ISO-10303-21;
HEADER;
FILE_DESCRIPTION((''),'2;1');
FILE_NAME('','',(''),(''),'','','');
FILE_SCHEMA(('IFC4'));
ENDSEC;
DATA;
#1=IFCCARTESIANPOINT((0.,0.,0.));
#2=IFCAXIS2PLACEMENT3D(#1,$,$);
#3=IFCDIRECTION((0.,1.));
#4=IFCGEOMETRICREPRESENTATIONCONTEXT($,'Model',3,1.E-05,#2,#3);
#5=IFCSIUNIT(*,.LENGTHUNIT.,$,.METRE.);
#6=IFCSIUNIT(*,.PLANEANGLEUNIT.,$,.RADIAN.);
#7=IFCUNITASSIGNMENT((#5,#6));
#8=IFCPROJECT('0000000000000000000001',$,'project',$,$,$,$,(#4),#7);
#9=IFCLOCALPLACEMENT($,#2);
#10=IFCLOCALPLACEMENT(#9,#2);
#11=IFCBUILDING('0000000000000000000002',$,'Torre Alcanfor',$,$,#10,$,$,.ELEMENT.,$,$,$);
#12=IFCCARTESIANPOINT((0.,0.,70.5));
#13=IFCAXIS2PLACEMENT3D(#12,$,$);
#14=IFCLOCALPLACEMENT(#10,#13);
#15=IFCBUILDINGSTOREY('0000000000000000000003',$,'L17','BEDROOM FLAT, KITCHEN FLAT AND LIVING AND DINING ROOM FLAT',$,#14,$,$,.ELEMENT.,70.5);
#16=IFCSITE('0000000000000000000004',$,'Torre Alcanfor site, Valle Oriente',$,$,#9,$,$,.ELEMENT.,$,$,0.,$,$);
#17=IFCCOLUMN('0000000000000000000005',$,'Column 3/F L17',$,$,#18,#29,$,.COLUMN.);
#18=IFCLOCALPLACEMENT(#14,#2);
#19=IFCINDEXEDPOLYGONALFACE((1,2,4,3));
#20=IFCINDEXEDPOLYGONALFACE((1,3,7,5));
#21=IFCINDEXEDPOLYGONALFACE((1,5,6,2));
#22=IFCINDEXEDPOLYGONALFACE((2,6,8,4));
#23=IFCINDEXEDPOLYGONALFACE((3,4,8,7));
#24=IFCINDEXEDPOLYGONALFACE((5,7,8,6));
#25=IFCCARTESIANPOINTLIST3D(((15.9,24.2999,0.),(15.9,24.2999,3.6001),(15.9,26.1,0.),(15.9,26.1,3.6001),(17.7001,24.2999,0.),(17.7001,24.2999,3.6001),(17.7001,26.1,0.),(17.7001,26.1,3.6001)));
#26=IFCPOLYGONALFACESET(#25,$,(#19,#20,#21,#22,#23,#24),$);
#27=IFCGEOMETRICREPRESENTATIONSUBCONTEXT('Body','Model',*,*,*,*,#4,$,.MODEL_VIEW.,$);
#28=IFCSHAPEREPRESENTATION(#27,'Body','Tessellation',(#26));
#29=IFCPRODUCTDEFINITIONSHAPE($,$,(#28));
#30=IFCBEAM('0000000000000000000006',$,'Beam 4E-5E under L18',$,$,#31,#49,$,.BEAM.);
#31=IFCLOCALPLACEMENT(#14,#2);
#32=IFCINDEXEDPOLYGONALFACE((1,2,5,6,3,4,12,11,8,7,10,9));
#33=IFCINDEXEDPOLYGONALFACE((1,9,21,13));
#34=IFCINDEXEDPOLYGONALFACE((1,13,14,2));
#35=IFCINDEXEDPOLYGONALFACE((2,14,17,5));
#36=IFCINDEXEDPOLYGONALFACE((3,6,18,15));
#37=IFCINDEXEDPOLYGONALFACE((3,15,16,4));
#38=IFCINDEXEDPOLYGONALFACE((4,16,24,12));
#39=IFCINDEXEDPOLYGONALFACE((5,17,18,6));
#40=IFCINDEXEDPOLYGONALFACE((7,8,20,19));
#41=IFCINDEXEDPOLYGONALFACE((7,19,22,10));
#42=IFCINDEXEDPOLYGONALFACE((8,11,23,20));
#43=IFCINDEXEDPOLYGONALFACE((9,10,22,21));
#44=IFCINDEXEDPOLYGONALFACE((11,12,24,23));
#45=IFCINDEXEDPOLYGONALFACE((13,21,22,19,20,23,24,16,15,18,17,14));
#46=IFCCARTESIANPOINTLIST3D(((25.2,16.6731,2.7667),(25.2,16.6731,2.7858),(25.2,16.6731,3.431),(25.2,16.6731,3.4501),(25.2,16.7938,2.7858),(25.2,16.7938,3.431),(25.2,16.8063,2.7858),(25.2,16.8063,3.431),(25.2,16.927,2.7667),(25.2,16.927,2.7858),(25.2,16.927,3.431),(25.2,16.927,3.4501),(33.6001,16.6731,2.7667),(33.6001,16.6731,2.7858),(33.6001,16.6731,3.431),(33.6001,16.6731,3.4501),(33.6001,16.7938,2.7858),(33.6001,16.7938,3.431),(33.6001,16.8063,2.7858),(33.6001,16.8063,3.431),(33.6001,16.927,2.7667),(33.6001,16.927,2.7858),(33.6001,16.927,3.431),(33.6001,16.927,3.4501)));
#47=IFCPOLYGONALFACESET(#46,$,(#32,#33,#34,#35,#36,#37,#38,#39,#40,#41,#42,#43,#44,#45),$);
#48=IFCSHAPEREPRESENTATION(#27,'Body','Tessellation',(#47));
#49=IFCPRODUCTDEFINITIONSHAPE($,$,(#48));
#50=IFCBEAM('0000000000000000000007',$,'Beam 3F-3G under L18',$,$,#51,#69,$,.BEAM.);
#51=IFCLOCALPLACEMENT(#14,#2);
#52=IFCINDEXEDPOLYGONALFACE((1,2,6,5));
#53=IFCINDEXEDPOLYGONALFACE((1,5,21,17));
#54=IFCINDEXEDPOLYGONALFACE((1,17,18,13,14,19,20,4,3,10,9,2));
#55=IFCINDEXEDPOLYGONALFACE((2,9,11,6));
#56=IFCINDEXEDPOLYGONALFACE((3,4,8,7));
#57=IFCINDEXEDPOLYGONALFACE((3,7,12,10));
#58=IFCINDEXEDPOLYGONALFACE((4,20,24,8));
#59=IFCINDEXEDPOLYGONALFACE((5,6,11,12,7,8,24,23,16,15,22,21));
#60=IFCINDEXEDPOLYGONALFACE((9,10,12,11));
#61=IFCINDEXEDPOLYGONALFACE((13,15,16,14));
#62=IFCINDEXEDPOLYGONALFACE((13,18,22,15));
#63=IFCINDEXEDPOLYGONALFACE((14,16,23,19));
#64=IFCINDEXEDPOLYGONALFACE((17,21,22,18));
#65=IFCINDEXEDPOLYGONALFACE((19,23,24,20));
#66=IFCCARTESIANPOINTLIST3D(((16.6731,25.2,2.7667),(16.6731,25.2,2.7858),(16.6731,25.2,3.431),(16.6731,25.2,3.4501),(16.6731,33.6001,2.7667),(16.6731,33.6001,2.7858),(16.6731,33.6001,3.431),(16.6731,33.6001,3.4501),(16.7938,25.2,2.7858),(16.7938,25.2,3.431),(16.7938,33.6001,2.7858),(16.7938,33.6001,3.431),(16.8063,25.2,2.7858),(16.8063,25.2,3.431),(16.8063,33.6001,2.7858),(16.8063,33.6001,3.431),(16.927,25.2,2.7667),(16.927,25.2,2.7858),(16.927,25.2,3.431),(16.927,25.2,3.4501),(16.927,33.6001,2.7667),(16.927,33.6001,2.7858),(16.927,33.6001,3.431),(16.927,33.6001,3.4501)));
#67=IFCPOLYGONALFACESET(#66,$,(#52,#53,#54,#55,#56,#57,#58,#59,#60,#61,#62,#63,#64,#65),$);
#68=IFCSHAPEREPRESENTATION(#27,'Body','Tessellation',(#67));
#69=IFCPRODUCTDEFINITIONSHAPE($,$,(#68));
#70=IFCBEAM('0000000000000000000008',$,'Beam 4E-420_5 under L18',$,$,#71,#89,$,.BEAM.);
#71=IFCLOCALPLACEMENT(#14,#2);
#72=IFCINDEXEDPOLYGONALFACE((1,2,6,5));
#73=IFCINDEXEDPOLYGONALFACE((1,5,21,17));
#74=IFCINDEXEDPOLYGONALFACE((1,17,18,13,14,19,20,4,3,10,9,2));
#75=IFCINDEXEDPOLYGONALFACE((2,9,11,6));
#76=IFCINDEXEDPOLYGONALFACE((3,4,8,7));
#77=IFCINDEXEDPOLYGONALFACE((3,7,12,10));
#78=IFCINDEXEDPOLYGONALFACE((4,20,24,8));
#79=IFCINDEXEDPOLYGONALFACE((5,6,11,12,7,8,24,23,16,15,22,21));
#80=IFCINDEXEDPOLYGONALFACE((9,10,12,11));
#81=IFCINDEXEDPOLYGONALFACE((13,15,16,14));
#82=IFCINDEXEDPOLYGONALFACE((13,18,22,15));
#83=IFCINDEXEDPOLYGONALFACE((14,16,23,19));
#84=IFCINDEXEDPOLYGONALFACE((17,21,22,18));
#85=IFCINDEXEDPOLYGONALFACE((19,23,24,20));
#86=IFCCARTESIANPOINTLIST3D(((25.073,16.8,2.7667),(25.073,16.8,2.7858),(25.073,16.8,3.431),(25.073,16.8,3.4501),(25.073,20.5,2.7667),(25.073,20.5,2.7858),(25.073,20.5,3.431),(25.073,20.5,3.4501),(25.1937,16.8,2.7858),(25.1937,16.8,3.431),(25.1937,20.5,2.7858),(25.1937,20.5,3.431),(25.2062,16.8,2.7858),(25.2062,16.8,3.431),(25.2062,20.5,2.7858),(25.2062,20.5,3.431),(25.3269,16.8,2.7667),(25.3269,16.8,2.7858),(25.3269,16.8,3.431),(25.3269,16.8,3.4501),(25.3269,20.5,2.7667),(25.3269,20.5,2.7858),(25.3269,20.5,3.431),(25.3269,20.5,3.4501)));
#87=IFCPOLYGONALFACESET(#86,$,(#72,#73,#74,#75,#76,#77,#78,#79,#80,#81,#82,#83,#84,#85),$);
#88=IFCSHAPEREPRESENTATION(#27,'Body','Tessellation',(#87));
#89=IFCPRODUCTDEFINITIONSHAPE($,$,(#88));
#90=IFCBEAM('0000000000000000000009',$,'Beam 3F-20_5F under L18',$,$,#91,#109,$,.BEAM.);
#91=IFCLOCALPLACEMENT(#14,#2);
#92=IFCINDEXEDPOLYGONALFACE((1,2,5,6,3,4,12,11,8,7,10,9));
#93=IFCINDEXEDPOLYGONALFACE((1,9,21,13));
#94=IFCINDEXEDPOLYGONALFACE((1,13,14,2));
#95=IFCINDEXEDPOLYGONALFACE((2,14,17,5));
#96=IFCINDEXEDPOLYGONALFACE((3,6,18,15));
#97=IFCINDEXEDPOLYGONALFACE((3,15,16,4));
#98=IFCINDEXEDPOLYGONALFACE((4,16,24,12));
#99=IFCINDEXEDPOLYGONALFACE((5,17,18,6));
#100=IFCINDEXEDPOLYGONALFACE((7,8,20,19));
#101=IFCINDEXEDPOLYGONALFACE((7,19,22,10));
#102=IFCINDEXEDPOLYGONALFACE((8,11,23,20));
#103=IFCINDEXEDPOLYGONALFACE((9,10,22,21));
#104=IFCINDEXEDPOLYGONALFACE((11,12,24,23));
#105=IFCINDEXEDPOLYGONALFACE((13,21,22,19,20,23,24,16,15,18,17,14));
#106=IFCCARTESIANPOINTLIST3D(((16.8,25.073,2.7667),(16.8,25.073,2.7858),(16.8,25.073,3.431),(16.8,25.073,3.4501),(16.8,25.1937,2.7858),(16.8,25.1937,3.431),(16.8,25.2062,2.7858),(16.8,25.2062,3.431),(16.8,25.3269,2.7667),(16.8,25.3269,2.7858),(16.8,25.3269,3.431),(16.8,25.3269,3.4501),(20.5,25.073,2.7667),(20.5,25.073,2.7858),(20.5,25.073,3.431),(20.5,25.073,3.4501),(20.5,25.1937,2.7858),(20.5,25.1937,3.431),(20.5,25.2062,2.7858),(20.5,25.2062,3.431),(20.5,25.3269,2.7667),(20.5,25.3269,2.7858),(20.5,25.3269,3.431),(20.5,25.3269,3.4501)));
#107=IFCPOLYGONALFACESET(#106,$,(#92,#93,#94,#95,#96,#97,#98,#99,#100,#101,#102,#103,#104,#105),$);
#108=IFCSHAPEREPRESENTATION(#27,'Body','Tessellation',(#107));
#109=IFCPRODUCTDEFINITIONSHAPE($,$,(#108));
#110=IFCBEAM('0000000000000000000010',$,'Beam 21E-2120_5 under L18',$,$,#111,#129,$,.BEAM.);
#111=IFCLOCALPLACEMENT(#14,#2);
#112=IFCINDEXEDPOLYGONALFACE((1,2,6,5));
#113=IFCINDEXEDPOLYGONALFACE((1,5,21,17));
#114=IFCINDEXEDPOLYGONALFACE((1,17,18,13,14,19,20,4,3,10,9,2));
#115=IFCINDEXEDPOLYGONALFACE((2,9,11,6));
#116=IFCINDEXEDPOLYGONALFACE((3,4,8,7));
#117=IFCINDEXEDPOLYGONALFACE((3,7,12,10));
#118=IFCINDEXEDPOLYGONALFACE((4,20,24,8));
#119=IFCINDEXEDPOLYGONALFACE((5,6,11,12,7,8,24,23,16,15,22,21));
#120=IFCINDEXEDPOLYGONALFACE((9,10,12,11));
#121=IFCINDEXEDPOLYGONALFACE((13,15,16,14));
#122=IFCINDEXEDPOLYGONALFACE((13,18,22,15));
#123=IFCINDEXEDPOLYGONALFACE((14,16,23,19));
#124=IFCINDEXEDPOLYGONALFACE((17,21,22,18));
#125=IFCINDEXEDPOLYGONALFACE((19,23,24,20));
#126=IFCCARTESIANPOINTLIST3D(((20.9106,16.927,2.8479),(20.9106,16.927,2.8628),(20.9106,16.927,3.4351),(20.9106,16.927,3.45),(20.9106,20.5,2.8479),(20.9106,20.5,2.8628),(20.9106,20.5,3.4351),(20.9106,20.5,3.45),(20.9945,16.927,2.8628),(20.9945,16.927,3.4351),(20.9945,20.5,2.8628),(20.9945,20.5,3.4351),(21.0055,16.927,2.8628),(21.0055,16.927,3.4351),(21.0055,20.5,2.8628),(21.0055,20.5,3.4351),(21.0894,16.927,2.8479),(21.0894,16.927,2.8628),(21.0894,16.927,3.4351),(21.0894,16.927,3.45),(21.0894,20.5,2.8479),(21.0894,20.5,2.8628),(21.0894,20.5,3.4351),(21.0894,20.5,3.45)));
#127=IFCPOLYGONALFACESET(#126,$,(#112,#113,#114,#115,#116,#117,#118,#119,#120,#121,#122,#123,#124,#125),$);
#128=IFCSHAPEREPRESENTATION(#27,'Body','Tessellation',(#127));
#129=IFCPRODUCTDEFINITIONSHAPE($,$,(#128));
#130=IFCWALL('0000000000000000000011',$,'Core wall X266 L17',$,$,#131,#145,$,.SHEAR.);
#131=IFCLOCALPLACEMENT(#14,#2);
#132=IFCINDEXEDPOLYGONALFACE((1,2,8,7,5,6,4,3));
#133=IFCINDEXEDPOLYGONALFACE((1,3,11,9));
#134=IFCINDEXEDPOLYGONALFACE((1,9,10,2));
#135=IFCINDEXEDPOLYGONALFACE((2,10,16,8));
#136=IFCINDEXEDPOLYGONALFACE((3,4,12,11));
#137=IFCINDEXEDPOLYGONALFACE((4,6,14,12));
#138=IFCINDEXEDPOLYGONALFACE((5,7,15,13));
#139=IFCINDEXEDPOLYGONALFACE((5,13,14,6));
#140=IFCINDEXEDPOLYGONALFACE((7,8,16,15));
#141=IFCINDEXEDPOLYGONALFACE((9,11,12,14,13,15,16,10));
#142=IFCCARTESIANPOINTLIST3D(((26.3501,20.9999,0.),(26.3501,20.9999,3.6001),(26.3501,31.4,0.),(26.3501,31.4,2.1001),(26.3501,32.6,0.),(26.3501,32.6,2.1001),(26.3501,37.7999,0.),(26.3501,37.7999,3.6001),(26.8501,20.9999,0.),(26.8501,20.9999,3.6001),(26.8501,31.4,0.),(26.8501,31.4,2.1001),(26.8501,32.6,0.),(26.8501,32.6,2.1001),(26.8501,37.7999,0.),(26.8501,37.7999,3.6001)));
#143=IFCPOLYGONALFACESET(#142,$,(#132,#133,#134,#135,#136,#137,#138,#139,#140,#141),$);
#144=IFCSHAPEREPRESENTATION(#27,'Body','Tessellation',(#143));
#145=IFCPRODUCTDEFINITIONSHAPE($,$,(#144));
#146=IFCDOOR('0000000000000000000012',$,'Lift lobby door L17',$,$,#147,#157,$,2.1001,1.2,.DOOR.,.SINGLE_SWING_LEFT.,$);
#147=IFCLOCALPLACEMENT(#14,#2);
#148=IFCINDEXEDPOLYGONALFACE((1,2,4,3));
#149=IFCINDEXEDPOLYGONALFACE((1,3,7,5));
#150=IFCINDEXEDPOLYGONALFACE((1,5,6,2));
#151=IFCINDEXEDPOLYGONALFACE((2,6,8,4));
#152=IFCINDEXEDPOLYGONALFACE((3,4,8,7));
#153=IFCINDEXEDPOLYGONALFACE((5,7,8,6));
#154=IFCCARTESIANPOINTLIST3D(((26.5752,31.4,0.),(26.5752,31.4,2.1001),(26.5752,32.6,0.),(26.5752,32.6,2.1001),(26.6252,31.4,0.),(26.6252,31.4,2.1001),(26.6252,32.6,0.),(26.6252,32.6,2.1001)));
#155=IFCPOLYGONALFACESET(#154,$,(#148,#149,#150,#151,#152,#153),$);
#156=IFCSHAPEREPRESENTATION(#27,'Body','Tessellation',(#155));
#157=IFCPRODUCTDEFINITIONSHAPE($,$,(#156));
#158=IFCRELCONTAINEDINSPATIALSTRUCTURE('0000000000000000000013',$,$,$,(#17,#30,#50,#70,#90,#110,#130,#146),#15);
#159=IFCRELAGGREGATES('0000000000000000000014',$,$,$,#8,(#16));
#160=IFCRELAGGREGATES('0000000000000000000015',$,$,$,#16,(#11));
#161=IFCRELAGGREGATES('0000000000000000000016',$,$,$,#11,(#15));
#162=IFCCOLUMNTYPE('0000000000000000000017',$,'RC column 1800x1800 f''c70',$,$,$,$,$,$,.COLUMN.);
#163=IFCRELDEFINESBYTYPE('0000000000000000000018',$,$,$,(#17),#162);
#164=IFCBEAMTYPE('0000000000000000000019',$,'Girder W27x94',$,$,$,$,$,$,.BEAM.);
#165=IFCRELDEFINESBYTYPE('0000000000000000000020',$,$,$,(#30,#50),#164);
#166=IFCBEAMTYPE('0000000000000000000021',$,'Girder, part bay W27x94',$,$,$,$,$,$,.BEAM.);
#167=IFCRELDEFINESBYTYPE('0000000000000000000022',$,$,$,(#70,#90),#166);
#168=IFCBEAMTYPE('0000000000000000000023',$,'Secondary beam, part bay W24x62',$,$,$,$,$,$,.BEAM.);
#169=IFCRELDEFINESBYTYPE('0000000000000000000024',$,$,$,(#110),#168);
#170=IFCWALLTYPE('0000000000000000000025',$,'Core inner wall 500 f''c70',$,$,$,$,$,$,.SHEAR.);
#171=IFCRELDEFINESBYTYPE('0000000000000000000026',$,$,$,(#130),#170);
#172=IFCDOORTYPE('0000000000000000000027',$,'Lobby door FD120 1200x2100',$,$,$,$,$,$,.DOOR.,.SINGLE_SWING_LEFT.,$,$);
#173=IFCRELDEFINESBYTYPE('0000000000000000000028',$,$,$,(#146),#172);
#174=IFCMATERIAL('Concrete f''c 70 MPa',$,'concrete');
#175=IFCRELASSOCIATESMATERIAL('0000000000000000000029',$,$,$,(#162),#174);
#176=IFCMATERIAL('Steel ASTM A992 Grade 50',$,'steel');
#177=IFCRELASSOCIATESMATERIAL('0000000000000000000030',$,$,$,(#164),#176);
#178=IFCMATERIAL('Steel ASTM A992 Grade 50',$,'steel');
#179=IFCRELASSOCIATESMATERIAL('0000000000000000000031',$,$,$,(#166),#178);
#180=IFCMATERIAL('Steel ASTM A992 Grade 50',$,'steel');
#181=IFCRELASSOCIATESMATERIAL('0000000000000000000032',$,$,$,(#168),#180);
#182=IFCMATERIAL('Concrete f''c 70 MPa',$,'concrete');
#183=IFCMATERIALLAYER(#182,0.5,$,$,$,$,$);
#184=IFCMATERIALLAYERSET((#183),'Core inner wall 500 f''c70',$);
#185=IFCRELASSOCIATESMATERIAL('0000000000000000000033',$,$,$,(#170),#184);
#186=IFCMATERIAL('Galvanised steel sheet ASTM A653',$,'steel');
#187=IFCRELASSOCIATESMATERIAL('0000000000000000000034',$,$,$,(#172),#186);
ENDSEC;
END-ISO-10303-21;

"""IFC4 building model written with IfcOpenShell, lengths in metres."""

from ifc_helpers import new_model, si_unit, direction, frame, frame_2d, origin, origin_2d, place, context, subcontext, project, spatial, rectangle, i_section, extrude, material, layer, layer_set, material_profile, profile_set, type_object, element, fill, save


model = new_model("IFC4")

# Units and contexts
model_context = context("Model", 3, precision=1e-05, world=origin(), true_north=direction((0.0, 1.0)))
body_context = subcontext(model_context, "Body", "Model", "MODEL_VIEW")
ifc_project = project(units=[si_unit("LENGTHUNIT", "METRE"), si_unit("PLANEANGLEUNIT", "RADIAN")], contexts=[model_context])

# Site, building, storey
site_placement = place(None, origin())
site = spatial("IfcSite", under=ifc_project, at=site_placement, Name="Torre Alcanfor site, Valle Oriente", CompositionType="ELEMENT", RefElevation=0.0)
building_placement = place(site_placement, origin())
building = spatial("IfcBuilding", under=site, at=building_placement, Name="Torre Alcanfor", CompositionType="ELEMENT")
storey_placement = place(building_placement, frame((0.0, 0.0, 70.5)))
storey = spatial("IfcBuildingStorey", under=building, at=storey_placement, Name="L17", Description="BEDROOM FLAT, KITCHEN FLAT AND LIVING AND DINING ROOM FLAT", CompositionType="ELEMENT", Elevation=70.5)

# Column
ifc_material_1 = material(Name="Concrete f'c 70 MPa", Category="concrete")
ifc_material_profile_1 = material_profile(ifc_material_1, rectangle(XDim=1.8, YDim=1.8, at=origin_2d()), Name="1800x1800")
ifc_profile_set_1 = profile_set([ifc_material_profile_1], Name="Concrete f'c 70 MPa")
column_type = type_object("IfcColumnType", Name="RC column 1800x1800 f'c70", PredefinedType="COLUMN", material=ifc_profile_set_1)
column_placement = place(storey_placement, frame((16.8, 25.2, 0.0), z_axis=(0.0, 0.0, 1.0), x_axis=(1.0, 0.0, 0.0)))
element("IfcColumn", 1, at=column_placement, inside=storey, type_object=column_type, Name="Column 3/F L17", PredefinedType="COLUMN", context=body_context, shape_type="SweptSolid", body=[
    extrude(rectangle(XDim=1.8, YDim=1.8, at=origin_2d()), origin(), (0.0, 0.0, 1.0), 3.6001),
])

# Beams
ifc_material_2 = material(Name="Steel ASTM A992 Grade 50", Category="steel")
ifc_material_profile_2 = material_profile(ifc_material_2, i_section(OverallWidth=0.2539, OverallDepth=0.6833, WebThickness=0.0125, FlangeThickness=0.019, at=origin_2d()), Name="W27x94")
ifc_profile_set_2 = profile_set([ifc_material_profile_2], Name="Steel ASTM A992 Grade 50")
beam_type_1 = type_object("IfcBeamType", Name="Girder W27x94", PredefinedType="BEAM", material=ifc_profile_set_2)
for number, where, z_axis, x_axis, name in (
    (2, (25.2, 16.8, 3.1084), (1.0, 0.0, 0.0), (0.0, 1.0, 0.0), "Beam 4E-5E under L18"),
    (3, (16.8, 25.2, 3.1084), (0.0, 1.0, 0.0), (-1.0, 0.0, 0.0), "Beam 3F-3G under L18"),
):
    element("IfcBeam", number, at=place(storey_placement, frame(where, z_axis=z_axis, x_axis=x_axis)), inside=storey, type_object=beam_type_1, Name=name, PredefinedType="BEAM", context=body_context, shape_type="SweptSolid", body=[
        extrude(i_section(OverallWidth=0.2539, OverallDepth=0.6833, WebThickness=0.0125, FlangeThickness=0.019, at=origin_2d()), origin(), (0.0, 0.0, 1.0), 8.4001),
    ])
ifc_material_3 = material(Name="Steel ASTM A992 Grade 50", Category="steel")
ifc_material_profile_3 = material_profile(ifc_material_3, i_section(OverallWidth=0.2539, OverallDepth=0.6833, WebThickness=0.0125, FlangeThickness=0.019, at=origin_2d()), Name="W27x94")
ifc_profile_set_3 = profile_set([ifc_material_profile_3], Name="Steel ASTM A992 Grade 50")
beam_type_2 = type_object("IfcBeamType", Name="Girder, part bay W27x94", PredefinedType="BEAM", material=ifc_profile_set_3)
for number, where, z_axis, x_axis, name in (
    (4, (25.2, 16.8, 3.1084), (0.0, 1.0, 0.0), (-1.0, 0.0, 0.0), "Beam 4E-420_5 under L18"),
    (5, (16.8, 25.2, 3.1084), (1.0, 0.0, 0.0), (0.0, 1.0, 0.0), "Beam 3F-20_5F under L18"),
):
    element("IfcBeam", number, at=place(storey_placement, frame(where, z_axis=z_axis, x_axis=x_axis)), inside=storey, type_object=beam_type_2, Name=name, PredefinedType="BEAM", context=body_context, shape_type="SweptSolid", body=[
        extrude(i_section(OverallWidth=0.2539, OverallDepth=0.6833, WebThickness=0.0125, FlangeThickness=0.019, at=origin_2d()), origin(), (0.0, 0.0, 1.0), 3.7),
    ])
ifc_material_4 = material(Name="Steel ASTM A992 Grade 50", Category="steel")
ifc_material_profile_4 = material_profile(ifc_material_4, i_section(OverallWidth=0.1787, OverallDepth=0.6021, WebThickness=0.011, FlangeThickness=0.0149, at=origin_2d()), Name="W24x62")
ifc_profile_set_4 = profile_set([ifc_material_profile_4], Name="Steel ASTM A992 Grade 50")
beam_type_3 = type_object("IfcBeamType", Name="Secondary beam, part bay W24x62", PredefinedType="BEAM", material=ifc_profile_set_4)
beam_placement = place(storey_placement, frame((21.0, 16.927, 3.1489), z_axis=(0.0, 1.0, 0.0), x_axis=(-1.0, 0.0, 0.0)))
element("IfcBeam", 6, at=beam_placement, inside=storey, type_object=beam_type_3, Name="Beam 21E-2120_5 under L18", PredefinedType="BEAM", context=body_context, shape_type="SweptSolid", body=[
    extrude(i_section(OverallWidth=0.1787, OverallDepth=0.6021, WebThickness=0.011, FlangeThickness=0.0149, at=origin_2d()), origin(), (0.0, 0.0, 1.0), 3.573),
])

# Wall, opening, door
ifc_material_5 = material(Name="Concrete f'c 70 MPa", Category="concrete")
ifc_layer_1 = layer(ifc_material_5, 0.5)
ifc_layer_set_1 = layer_set([ifc_layer_1], Name="Core inner wall 500 f'c70")
wall_type_1 = type_object("IfcWallType", Name="Core inner wall 500 f'c70", PredefinedType="SHEAR", material=ifc_layer_set_1)
wall_1_placement = place(storey_placement, frame((26.6001, 21.0, 0.0), z_axis=(0.0, 0.0, 1.0), x_axis=(0.0, 1.0, 0.0)))
wall_1 = element("IfcWall", 7, at=wall_1_placement, inside=storey, type_object=wall_type_1, Name="Core wall X266 L17", PredefinedType="SHEAR", context=body_context, shape_type="SweptSolid", body=[
    extrude(rectangle(XDim=16.8, YDim=0.5, at=frame_2d((8.3999, 0.0))), origin(), (0.0, 0.0, 1.0), 3.6001),
])
opening_1_placement = place(wall_1_placement, frame((10.3999, 0.0, 0.0)))
opening_1 = element("IfcOpeningElement", 8, at=opening_1_placement, cuts=wall_1, PredefinedType="OPENING", context=body_context, shape_type="SweptSolid", body=[
    extrude(rectangle(XDim=1.2, YDim=2.1001, at=frame_2d((0.6001, 1.05))), frame((0.0, 0.26, 0.0), z_axis=(0.0, -1.0, 0.0), x_axis=(1.0, 0.0, 0.0)), (0.0, 0.0, 1.0), 0.52),
])
ifc_material_6 = material(Name="Galvanised steel sheet ASTM A653", Category="steel")
door_type_1 = type_object("IfcDoorType", Name="Lobby door FD120 1200x2100", OperationType="SINGLE_SWING_LEFT", PredefinedType="DOOR", material=ifc_material_6)
door_1_placement = place(opening_1_placement, origin())
door_1 = element("IfcDoor", 9, at=door_1_placement, inside=storey, type_object=door_type_1, Name="Lift lobby door L17", OperationType="SINGLE_SWING_LEFT", OverallHeight=2.1001, OverallWidth=1.2, PredefinedType="DOOR", context=body_context, shape_type="SweptSolid", body=[
    extrude(rectangle(XDim=1.2, YDim=2.1001, at=frame_2d((0.6001, 1.05))), frame((0.0, 0.0249, 0.0), z_axis=(0.0, -1.0, 0.0), x_axis=(1.0, 0.0, 0.0)), (0.0, 0.0, 1.0), 0.05),
])
fill(opening_1, door_1)

save(model, "model.ifc")
